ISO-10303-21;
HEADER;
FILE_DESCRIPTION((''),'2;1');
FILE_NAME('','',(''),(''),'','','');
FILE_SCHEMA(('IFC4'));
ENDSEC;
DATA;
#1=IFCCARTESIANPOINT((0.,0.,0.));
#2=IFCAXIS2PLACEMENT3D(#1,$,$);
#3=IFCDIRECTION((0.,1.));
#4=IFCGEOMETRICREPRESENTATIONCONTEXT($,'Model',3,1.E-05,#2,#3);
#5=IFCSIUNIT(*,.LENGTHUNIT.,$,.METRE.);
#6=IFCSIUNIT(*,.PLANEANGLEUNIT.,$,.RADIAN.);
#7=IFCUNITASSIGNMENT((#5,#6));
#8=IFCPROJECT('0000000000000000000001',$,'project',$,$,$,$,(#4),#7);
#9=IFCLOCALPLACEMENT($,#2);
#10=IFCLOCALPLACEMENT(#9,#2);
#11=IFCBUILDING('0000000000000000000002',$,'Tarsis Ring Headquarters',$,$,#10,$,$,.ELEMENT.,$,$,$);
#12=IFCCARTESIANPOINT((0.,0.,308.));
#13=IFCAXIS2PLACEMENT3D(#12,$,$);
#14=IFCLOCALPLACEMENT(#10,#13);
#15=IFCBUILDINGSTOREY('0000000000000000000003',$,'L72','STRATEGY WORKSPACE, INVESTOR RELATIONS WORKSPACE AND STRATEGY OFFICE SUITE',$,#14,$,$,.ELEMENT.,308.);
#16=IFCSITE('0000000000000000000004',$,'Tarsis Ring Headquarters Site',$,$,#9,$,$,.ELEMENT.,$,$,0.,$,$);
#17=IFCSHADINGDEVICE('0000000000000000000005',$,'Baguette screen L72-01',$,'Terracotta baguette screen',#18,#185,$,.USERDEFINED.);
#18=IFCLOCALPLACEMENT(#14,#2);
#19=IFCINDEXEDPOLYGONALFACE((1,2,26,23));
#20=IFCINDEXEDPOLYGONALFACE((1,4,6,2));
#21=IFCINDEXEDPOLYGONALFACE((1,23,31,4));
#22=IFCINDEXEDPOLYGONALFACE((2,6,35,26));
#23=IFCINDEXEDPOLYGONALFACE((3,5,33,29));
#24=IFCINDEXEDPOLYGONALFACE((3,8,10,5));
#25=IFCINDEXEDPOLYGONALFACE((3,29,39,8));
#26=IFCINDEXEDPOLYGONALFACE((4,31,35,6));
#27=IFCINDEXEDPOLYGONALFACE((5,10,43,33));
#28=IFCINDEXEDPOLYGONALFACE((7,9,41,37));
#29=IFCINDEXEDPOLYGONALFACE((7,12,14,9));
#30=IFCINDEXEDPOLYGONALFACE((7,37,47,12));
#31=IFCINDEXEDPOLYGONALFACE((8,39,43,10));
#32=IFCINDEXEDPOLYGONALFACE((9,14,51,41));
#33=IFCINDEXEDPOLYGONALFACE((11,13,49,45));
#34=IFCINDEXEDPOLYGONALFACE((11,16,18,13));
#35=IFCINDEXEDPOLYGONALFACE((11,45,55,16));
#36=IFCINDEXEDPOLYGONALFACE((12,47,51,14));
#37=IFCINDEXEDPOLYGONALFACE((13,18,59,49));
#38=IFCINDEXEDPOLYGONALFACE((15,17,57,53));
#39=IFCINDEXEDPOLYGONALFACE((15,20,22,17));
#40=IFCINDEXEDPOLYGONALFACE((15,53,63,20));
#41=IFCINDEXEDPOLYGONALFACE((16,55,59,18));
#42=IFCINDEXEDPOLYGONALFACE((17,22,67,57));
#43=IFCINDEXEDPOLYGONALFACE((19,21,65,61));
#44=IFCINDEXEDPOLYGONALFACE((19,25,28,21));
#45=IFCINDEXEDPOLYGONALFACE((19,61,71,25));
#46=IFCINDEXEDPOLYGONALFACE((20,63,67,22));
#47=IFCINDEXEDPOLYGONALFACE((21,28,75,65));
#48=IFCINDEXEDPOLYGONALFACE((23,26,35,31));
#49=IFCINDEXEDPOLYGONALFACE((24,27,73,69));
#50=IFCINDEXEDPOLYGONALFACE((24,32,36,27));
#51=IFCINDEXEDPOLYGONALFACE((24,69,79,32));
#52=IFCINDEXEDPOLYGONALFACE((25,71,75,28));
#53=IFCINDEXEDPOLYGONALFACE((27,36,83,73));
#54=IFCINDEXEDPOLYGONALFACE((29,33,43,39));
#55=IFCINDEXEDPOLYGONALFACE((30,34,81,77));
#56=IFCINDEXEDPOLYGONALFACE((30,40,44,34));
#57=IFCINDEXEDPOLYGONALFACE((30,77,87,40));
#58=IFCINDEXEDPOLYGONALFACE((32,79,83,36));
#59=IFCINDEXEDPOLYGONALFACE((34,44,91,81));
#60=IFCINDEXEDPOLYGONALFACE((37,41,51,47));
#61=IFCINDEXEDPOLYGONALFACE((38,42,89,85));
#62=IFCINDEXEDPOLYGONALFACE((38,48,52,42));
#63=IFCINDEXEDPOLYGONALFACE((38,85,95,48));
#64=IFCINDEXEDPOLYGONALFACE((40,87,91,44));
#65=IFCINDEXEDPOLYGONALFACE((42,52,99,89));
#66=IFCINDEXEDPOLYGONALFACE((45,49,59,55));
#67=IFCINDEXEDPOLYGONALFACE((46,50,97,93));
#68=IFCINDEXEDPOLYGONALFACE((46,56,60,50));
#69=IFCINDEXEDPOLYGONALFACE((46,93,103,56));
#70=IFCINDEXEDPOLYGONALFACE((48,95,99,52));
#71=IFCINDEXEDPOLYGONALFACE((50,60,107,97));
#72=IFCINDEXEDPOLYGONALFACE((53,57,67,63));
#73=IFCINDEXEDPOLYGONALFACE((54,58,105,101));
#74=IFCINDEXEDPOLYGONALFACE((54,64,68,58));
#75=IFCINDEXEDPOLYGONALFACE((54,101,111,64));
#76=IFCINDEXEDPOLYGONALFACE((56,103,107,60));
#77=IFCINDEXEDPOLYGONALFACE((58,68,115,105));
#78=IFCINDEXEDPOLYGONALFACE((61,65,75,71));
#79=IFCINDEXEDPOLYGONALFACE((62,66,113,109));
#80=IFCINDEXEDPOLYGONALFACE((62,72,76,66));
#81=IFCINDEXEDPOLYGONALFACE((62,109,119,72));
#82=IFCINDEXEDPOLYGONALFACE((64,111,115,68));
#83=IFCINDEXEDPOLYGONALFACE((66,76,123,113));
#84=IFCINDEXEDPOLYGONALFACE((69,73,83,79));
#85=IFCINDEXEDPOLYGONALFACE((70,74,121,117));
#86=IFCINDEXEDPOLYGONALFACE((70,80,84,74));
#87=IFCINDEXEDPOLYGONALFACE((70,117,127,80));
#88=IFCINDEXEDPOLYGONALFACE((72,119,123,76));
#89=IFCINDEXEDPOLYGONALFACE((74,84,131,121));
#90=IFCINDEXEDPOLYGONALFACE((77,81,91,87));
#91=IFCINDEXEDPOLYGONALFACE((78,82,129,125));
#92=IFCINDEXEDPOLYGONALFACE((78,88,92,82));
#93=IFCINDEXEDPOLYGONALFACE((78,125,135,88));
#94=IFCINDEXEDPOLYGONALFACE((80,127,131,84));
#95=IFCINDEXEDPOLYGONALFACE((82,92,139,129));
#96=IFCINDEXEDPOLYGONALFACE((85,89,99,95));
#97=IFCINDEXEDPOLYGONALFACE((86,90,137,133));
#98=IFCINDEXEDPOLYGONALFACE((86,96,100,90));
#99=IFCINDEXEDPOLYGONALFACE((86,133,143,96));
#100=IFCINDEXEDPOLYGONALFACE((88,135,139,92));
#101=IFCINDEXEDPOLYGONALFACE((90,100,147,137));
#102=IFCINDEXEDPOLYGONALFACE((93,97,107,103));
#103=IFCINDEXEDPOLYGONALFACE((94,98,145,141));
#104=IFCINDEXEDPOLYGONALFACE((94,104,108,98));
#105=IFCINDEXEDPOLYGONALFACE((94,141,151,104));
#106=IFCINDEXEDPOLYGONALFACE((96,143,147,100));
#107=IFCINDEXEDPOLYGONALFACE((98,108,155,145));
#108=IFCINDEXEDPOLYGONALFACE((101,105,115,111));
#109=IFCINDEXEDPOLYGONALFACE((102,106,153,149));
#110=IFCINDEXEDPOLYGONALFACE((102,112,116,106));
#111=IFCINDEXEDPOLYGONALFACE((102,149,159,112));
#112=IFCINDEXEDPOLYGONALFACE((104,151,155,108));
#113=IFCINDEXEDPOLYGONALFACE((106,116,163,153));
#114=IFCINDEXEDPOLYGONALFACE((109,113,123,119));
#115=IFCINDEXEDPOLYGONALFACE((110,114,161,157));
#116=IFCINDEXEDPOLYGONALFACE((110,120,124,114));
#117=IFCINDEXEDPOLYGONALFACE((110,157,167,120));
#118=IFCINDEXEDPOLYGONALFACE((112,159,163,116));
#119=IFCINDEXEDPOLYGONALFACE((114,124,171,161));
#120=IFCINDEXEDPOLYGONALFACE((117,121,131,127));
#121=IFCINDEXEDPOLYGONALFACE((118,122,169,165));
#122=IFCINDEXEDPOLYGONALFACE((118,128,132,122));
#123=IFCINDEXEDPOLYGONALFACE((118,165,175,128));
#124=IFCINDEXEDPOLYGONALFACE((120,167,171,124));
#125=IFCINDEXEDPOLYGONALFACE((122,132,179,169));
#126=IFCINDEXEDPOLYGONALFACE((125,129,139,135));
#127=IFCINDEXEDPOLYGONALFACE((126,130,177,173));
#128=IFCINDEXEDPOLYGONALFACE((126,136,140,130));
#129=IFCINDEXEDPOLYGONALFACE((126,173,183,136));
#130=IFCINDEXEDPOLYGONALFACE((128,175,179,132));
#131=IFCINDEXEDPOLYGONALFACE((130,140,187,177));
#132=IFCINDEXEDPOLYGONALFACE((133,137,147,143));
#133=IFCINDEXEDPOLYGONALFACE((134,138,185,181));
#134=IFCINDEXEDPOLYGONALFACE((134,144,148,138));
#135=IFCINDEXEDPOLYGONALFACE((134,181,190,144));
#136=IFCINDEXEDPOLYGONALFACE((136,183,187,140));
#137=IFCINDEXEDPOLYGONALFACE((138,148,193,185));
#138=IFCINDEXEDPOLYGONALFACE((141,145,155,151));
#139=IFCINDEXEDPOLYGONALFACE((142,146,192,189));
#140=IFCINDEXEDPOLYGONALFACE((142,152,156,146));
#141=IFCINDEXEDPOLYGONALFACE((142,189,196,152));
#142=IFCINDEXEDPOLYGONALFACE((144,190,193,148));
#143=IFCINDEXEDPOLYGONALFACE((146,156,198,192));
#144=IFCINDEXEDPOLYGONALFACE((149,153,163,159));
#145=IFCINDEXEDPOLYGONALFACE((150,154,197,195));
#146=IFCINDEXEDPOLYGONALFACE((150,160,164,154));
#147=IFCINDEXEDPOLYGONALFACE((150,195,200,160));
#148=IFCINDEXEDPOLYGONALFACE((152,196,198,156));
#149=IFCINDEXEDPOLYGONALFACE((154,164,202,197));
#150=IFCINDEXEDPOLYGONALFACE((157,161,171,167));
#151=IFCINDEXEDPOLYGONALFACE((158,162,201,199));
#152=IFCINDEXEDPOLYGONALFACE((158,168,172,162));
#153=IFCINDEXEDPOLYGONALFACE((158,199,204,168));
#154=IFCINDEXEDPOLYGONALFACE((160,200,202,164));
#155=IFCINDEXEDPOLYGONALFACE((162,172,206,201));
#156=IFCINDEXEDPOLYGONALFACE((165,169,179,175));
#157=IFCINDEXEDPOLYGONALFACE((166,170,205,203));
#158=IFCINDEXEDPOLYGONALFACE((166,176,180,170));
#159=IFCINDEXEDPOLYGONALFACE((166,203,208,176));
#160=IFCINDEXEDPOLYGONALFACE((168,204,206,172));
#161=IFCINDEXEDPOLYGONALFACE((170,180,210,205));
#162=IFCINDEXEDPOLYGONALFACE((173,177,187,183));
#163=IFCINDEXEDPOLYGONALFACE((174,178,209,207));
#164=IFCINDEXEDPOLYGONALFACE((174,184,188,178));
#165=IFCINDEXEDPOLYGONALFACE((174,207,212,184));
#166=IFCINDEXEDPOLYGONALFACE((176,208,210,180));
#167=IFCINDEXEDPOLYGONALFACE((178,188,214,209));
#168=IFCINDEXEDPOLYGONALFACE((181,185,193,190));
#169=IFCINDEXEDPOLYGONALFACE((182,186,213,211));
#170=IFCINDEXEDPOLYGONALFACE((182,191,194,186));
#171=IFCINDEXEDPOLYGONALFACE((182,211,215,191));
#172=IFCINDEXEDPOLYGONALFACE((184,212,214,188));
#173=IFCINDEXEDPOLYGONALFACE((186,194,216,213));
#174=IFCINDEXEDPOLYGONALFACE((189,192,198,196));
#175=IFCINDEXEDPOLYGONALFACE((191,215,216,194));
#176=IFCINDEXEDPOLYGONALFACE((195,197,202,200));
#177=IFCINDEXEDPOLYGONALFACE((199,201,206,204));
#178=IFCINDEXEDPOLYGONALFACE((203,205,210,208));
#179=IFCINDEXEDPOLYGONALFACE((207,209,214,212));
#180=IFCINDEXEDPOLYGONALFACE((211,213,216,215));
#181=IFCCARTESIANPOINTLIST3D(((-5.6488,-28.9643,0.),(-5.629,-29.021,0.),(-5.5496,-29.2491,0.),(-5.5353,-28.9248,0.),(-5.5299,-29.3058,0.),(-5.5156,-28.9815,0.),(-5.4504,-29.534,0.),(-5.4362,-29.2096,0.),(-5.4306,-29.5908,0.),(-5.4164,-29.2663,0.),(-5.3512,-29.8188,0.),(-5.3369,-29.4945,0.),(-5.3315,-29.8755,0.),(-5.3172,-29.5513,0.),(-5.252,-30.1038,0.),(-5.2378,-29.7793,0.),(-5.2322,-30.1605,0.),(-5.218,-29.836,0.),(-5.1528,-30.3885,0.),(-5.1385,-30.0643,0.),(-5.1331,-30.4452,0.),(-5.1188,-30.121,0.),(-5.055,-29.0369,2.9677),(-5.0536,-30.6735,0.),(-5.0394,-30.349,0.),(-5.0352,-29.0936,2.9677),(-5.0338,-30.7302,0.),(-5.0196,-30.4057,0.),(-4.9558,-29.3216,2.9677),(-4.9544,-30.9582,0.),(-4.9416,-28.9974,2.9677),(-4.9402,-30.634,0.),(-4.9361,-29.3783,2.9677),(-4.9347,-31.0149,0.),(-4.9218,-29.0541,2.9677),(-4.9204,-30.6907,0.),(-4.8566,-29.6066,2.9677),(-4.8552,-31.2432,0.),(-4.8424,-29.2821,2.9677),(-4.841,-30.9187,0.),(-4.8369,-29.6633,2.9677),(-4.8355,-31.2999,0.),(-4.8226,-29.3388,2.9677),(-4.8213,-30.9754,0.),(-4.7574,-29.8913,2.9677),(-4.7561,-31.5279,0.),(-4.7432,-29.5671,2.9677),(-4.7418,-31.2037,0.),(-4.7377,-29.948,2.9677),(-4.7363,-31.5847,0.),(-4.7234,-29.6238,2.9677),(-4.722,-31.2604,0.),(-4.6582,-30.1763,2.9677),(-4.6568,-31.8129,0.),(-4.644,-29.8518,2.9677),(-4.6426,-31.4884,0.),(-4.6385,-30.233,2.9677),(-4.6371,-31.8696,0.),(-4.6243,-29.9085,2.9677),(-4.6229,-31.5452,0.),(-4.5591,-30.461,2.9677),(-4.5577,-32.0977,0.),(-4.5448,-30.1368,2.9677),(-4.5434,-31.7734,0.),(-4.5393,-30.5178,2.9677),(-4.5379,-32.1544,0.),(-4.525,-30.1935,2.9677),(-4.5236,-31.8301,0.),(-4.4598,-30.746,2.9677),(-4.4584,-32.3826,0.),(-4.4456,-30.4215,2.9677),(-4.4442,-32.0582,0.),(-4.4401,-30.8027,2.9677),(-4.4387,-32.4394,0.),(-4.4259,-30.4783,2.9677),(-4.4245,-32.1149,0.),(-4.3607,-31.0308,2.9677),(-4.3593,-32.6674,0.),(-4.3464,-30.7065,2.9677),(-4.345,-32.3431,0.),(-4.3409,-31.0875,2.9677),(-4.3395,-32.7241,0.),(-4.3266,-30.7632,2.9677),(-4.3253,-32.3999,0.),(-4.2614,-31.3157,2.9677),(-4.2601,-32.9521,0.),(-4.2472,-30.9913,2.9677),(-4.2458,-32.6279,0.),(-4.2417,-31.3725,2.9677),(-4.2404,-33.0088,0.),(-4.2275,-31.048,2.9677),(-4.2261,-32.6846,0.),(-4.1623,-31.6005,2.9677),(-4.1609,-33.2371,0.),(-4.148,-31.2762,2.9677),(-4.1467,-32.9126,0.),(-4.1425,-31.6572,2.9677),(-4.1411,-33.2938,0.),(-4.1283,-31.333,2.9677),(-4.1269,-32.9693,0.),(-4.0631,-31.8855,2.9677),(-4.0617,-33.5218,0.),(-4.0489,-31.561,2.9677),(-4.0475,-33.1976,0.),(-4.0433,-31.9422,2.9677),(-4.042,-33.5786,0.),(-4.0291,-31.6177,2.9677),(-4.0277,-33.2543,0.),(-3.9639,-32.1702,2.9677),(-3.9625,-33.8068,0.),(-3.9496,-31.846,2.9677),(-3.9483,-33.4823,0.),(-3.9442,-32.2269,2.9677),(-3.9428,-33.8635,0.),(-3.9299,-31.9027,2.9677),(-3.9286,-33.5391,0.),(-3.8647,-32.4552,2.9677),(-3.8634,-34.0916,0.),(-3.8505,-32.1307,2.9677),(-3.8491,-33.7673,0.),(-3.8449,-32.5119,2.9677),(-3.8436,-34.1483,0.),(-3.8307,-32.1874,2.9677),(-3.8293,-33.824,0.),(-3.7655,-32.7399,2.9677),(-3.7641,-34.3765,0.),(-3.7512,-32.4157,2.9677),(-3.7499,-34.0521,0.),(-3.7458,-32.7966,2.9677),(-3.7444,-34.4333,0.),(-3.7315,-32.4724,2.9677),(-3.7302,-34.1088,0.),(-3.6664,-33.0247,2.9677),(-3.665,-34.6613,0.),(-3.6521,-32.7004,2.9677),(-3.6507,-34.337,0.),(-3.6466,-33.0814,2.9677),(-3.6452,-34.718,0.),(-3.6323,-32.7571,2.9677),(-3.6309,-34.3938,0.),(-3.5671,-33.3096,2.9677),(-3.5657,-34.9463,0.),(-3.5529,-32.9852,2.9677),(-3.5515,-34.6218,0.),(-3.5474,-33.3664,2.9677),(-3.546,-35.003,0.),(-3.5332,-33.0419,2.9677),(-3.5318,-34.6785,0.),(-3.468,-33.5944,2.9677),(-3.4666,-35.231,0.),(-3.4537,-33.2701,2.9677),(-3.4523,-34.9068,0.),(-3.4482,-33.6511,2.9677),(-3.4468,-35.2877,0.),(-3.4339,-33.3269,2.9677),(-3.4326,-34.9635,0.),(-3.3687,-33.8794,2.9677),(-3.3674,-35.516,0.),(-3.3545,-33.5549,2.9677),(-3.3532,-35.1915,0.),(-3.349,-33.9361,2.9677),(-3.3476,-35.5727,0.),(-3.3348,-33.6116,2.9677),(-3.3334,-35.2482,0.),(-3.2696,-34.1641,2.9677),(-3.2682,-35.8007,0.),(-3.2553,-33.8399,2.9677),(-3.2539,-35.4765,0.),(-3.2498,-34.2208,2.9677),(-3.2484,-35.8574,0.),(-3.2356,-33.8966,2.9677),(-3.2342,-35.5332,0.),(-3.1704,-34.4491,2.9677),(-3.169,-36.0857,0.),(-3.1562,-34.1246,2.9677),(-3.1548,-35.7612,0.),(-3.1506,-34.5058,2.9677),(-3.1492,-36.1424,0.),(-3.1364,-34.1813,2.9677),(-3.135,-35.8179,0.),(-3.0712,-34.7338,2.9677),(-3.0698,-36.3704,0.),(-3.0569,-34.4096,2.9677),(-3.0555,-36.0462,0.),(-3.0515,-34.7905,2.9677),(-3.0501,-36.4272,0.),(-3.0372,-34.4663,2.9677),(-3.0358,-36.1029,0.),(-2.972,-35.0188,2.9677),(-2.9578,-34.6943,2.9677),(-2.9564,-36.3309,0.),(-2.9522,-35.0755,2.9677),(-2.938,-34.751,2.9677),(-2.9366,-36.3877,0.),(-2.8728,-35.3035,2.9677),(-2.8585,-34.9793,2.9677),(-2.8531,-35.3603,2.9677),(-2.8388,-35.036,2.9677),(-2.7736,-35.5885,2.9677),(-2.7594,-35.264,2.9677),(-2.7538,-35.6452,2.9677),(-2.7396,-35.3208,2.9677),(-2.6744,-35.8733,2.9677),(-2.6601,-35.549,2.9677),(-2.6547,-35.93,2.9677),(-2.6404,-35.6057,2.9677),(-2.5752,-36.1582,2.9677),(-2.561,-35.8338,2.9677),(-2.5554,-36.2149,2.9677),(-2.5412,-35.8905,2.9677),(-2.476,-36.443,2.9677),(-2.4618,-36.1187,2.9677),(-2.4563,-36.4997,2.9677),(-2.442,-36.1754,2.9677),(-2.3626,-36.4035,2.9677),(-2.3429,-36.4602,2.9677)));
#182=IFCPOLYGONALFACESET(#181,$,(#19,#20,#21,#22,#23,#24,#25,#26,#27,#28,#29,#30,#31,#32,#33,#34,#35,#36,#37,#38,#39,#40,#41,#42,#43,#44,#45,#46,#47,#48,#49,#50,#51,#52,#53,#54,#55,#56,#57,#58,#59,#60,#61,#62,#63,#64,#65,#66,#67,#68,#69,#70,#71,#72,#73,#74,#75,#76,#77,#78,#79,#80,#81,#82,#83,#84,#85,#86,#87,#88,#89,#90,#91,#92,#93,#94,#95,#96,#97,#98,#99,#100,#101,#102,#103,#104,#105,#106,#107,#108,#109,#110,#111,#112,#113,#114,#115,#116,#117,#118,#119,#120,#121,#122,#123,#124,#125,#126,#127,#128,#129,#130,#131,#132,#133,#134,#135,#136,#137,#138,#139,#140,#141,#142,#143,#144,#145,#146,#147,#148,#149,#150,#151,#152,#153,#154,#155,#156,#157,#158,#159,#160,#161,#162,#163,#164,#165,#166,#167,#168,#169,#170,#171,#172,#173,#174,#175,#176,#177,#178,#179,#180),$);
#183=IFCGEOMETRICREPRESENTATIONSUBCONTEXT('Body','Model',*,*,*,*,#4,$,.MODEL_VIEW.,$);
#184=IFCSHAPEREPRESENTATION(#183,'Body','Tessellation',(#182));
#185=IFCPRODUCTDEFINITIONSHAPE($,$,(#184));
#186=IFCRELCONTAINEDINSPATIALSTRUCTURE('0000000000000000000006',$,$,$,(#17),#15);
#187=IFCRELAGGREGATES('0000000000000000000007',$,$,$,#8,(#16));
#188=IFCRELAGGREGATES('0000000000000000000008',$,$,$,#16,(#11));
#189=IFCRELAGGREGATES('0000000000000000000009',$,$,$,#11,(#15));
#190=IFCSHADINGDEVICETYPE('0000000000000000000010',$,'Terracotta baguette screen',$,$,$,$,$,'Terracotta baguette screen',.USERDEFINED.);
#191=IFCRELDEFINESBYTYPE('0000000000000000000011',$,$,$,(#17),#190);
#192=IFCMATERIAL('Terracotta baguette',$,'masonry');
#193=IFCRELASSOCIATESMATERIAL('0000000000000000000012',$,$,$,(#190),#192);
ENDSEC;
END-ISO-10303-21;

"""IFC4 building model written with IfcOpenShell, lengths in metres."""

from ifc_helpers import new_model, si_unit, direction, frame, frame_2d, origin, place, context, subcontext, project, spatial, rectangle, composite_profile, extrude, material, type_object, element, save


model = new_model("IFC4")

# Units and contexts
model_context = context("Model", 3, precision=1e-05, world=origin(), true_north=direction((0.0, 1.0)))
body_context = subcontext(model_context, "Body", "Model", "MODEL_VIEW")
ifc_project = project(units=[si_unit("LENGTHUNIT", "METRE"), si_unit("PLANEANGLEUNIT", "RADIAN")], contexts=[model_context])

# Site, building, storey
site_placement = place(None, origin())
site = spatial("IfcSite", under=ifc_project, at=site_placement, Name="Tarsis Ring Headquarters Site", CompositionType="ELEMENT", RefElevation=0.0)
building_placement = place(site_placement, origin())
building = spatial("IfcBuilding", under=site, at=building_placement, Name="Tarsis Ring Headquarters", CompositionType="ELEMENT")
storey_placement = place(building_placement, frame((0.0, 0.0, 308.0)))
storey = spatial("IfcBuildingStorey", under=building, at=storey_placement, Name="L72", Description="STRATEGY WORKSPACE, INVESTOR RELATIONS WORKSPACE AND STRATEGY OFFICE SUITE", CompositionType="ELEMENT", Elevation=308.0)

# Shading device
ifc_material_1 = material(Name="Terracotta baguette", Category="masonry")
shading_device_type = type_object("IfcShadingDeviceType", Name="Terracotta baguette screen", ElementType="Terracotta baguette screen", PredefinedType="USERDEFINED", material=ifc_material_1)
shading_device_1_placement = place(storey_placement, frame((-5.592, -28.9446, 0.0), z_axis=(0.0, 0.0, 1.0), x_axis=(0.328853, -0.944388, 0.0)))
element("IfcShadingDevice", 1, at=shading_device_1_placement, inside=storey, type_object=shading_device_type, Name="Baguette screen L72-01", ObjectType="Terracotta baguette screen", PredefinedType="USERDEFINED", context=body_context, shape_type="SweptSolid", body=[
    extrude(composite_profile([rectangle(XDim=0.0601, YDim=0.1201, at=frame_2d((0.03, 0.0))), rectangle(XDim=0.0601, YDim=0.1201, at=frame_2d((0.3315, 0.0))), rectangle(XDim=0.0601, YDim=0.1201, at=frame_2d((0.6333, 0.0))), rectangle(XDim=0.0601, YDim=0.1201, at=frame_2d((0.9348, 0.0))), rectangle(XDim=0.0601, YDim=0.1201, at=frame_2d((1.2366, 0.0))), rectangle(XDim=0.0601, YDim=0.1201, at=frame_2d((1.5381, 0.0))), rectangle(XDim=0.0601, YDim=0.1201, at=frame_2d((1.8398, 0.0))), rectangle(XDim=0.0601, YDim=0.1201, at=frame_2d((2.1414, 0.0))), rectangle(XDim=0.0601, YDim=0.1201, at=frame_2d((2.4431, 0.0))), rectangle(XDim=0.0601, YDim=0.1201, at=frame_2d((2.7446, 0.0))), rectangle(XDim=0.0601, YDim=0.1201, at=frame_2d((3.0464, 0.0))), rectangle(XDim=0.0601, YDim=0.1201, at=frame_2d((3.3479, 0.0))), rectangle(XDim=0.0601, YDim=0.1201, at=frame_2d((3.6497, 0.0))), rectangle(XDim=0.0601, YDim=0.1201, at=frame_2d((3.9512, 0.0))), rectangle(XDim=0.0601, YDim=0.1201, at=frame_2d((4.2527, 0.0))), rectangle(XDim=0.0601, YDim=0.1201, at=frame_2d((4.5544, 0.0))), rectangle(XDim=0.0601, YDim=0.1201, at=frame_2d((4.856, 0.0))), rectangle(XDim=0.0601, YDim=0.1201, at=frame_2d((5.1577, 0.0))), rectangle(XDim=0.0601, YDim=0.1201, at=frame_2d((5.4592, 0.0))), rectangle(XDim=0.0601, YDim=0.1201, at=frame_2d((5.761, 0.0))), rectangle(XDim=0.0601, YDim=0.1201, at=frame_2d((6.0625, 0.0))), rectangle(XDim=0.0601, YDim=0.1201, at=frame_2d((6.3643, 0.0))), rectangle(XDim=0.0601, YDim=0.1201, at=frame_2d((6.6658, 0.0))), rectangle(XDim=0.0601, YDim=0.1201, at=frame_2d((6.9675, 0.0))), rectangle(XDim=0.0601, YDim=0.1201, at=frame_2d((7.269, 0.0))), rectangle(XDim=0.0601, YDim=0.1201, at=frame_2d((7.5708, 0.0))), rectangle(XDim=0.0601, YDim=0.1201, at=frame_2d((7.8723, 0.0)))]), origin(), (0.087125, 0.177348, 0.980284), 3.0273),
])

save(model, "model.ifc")
